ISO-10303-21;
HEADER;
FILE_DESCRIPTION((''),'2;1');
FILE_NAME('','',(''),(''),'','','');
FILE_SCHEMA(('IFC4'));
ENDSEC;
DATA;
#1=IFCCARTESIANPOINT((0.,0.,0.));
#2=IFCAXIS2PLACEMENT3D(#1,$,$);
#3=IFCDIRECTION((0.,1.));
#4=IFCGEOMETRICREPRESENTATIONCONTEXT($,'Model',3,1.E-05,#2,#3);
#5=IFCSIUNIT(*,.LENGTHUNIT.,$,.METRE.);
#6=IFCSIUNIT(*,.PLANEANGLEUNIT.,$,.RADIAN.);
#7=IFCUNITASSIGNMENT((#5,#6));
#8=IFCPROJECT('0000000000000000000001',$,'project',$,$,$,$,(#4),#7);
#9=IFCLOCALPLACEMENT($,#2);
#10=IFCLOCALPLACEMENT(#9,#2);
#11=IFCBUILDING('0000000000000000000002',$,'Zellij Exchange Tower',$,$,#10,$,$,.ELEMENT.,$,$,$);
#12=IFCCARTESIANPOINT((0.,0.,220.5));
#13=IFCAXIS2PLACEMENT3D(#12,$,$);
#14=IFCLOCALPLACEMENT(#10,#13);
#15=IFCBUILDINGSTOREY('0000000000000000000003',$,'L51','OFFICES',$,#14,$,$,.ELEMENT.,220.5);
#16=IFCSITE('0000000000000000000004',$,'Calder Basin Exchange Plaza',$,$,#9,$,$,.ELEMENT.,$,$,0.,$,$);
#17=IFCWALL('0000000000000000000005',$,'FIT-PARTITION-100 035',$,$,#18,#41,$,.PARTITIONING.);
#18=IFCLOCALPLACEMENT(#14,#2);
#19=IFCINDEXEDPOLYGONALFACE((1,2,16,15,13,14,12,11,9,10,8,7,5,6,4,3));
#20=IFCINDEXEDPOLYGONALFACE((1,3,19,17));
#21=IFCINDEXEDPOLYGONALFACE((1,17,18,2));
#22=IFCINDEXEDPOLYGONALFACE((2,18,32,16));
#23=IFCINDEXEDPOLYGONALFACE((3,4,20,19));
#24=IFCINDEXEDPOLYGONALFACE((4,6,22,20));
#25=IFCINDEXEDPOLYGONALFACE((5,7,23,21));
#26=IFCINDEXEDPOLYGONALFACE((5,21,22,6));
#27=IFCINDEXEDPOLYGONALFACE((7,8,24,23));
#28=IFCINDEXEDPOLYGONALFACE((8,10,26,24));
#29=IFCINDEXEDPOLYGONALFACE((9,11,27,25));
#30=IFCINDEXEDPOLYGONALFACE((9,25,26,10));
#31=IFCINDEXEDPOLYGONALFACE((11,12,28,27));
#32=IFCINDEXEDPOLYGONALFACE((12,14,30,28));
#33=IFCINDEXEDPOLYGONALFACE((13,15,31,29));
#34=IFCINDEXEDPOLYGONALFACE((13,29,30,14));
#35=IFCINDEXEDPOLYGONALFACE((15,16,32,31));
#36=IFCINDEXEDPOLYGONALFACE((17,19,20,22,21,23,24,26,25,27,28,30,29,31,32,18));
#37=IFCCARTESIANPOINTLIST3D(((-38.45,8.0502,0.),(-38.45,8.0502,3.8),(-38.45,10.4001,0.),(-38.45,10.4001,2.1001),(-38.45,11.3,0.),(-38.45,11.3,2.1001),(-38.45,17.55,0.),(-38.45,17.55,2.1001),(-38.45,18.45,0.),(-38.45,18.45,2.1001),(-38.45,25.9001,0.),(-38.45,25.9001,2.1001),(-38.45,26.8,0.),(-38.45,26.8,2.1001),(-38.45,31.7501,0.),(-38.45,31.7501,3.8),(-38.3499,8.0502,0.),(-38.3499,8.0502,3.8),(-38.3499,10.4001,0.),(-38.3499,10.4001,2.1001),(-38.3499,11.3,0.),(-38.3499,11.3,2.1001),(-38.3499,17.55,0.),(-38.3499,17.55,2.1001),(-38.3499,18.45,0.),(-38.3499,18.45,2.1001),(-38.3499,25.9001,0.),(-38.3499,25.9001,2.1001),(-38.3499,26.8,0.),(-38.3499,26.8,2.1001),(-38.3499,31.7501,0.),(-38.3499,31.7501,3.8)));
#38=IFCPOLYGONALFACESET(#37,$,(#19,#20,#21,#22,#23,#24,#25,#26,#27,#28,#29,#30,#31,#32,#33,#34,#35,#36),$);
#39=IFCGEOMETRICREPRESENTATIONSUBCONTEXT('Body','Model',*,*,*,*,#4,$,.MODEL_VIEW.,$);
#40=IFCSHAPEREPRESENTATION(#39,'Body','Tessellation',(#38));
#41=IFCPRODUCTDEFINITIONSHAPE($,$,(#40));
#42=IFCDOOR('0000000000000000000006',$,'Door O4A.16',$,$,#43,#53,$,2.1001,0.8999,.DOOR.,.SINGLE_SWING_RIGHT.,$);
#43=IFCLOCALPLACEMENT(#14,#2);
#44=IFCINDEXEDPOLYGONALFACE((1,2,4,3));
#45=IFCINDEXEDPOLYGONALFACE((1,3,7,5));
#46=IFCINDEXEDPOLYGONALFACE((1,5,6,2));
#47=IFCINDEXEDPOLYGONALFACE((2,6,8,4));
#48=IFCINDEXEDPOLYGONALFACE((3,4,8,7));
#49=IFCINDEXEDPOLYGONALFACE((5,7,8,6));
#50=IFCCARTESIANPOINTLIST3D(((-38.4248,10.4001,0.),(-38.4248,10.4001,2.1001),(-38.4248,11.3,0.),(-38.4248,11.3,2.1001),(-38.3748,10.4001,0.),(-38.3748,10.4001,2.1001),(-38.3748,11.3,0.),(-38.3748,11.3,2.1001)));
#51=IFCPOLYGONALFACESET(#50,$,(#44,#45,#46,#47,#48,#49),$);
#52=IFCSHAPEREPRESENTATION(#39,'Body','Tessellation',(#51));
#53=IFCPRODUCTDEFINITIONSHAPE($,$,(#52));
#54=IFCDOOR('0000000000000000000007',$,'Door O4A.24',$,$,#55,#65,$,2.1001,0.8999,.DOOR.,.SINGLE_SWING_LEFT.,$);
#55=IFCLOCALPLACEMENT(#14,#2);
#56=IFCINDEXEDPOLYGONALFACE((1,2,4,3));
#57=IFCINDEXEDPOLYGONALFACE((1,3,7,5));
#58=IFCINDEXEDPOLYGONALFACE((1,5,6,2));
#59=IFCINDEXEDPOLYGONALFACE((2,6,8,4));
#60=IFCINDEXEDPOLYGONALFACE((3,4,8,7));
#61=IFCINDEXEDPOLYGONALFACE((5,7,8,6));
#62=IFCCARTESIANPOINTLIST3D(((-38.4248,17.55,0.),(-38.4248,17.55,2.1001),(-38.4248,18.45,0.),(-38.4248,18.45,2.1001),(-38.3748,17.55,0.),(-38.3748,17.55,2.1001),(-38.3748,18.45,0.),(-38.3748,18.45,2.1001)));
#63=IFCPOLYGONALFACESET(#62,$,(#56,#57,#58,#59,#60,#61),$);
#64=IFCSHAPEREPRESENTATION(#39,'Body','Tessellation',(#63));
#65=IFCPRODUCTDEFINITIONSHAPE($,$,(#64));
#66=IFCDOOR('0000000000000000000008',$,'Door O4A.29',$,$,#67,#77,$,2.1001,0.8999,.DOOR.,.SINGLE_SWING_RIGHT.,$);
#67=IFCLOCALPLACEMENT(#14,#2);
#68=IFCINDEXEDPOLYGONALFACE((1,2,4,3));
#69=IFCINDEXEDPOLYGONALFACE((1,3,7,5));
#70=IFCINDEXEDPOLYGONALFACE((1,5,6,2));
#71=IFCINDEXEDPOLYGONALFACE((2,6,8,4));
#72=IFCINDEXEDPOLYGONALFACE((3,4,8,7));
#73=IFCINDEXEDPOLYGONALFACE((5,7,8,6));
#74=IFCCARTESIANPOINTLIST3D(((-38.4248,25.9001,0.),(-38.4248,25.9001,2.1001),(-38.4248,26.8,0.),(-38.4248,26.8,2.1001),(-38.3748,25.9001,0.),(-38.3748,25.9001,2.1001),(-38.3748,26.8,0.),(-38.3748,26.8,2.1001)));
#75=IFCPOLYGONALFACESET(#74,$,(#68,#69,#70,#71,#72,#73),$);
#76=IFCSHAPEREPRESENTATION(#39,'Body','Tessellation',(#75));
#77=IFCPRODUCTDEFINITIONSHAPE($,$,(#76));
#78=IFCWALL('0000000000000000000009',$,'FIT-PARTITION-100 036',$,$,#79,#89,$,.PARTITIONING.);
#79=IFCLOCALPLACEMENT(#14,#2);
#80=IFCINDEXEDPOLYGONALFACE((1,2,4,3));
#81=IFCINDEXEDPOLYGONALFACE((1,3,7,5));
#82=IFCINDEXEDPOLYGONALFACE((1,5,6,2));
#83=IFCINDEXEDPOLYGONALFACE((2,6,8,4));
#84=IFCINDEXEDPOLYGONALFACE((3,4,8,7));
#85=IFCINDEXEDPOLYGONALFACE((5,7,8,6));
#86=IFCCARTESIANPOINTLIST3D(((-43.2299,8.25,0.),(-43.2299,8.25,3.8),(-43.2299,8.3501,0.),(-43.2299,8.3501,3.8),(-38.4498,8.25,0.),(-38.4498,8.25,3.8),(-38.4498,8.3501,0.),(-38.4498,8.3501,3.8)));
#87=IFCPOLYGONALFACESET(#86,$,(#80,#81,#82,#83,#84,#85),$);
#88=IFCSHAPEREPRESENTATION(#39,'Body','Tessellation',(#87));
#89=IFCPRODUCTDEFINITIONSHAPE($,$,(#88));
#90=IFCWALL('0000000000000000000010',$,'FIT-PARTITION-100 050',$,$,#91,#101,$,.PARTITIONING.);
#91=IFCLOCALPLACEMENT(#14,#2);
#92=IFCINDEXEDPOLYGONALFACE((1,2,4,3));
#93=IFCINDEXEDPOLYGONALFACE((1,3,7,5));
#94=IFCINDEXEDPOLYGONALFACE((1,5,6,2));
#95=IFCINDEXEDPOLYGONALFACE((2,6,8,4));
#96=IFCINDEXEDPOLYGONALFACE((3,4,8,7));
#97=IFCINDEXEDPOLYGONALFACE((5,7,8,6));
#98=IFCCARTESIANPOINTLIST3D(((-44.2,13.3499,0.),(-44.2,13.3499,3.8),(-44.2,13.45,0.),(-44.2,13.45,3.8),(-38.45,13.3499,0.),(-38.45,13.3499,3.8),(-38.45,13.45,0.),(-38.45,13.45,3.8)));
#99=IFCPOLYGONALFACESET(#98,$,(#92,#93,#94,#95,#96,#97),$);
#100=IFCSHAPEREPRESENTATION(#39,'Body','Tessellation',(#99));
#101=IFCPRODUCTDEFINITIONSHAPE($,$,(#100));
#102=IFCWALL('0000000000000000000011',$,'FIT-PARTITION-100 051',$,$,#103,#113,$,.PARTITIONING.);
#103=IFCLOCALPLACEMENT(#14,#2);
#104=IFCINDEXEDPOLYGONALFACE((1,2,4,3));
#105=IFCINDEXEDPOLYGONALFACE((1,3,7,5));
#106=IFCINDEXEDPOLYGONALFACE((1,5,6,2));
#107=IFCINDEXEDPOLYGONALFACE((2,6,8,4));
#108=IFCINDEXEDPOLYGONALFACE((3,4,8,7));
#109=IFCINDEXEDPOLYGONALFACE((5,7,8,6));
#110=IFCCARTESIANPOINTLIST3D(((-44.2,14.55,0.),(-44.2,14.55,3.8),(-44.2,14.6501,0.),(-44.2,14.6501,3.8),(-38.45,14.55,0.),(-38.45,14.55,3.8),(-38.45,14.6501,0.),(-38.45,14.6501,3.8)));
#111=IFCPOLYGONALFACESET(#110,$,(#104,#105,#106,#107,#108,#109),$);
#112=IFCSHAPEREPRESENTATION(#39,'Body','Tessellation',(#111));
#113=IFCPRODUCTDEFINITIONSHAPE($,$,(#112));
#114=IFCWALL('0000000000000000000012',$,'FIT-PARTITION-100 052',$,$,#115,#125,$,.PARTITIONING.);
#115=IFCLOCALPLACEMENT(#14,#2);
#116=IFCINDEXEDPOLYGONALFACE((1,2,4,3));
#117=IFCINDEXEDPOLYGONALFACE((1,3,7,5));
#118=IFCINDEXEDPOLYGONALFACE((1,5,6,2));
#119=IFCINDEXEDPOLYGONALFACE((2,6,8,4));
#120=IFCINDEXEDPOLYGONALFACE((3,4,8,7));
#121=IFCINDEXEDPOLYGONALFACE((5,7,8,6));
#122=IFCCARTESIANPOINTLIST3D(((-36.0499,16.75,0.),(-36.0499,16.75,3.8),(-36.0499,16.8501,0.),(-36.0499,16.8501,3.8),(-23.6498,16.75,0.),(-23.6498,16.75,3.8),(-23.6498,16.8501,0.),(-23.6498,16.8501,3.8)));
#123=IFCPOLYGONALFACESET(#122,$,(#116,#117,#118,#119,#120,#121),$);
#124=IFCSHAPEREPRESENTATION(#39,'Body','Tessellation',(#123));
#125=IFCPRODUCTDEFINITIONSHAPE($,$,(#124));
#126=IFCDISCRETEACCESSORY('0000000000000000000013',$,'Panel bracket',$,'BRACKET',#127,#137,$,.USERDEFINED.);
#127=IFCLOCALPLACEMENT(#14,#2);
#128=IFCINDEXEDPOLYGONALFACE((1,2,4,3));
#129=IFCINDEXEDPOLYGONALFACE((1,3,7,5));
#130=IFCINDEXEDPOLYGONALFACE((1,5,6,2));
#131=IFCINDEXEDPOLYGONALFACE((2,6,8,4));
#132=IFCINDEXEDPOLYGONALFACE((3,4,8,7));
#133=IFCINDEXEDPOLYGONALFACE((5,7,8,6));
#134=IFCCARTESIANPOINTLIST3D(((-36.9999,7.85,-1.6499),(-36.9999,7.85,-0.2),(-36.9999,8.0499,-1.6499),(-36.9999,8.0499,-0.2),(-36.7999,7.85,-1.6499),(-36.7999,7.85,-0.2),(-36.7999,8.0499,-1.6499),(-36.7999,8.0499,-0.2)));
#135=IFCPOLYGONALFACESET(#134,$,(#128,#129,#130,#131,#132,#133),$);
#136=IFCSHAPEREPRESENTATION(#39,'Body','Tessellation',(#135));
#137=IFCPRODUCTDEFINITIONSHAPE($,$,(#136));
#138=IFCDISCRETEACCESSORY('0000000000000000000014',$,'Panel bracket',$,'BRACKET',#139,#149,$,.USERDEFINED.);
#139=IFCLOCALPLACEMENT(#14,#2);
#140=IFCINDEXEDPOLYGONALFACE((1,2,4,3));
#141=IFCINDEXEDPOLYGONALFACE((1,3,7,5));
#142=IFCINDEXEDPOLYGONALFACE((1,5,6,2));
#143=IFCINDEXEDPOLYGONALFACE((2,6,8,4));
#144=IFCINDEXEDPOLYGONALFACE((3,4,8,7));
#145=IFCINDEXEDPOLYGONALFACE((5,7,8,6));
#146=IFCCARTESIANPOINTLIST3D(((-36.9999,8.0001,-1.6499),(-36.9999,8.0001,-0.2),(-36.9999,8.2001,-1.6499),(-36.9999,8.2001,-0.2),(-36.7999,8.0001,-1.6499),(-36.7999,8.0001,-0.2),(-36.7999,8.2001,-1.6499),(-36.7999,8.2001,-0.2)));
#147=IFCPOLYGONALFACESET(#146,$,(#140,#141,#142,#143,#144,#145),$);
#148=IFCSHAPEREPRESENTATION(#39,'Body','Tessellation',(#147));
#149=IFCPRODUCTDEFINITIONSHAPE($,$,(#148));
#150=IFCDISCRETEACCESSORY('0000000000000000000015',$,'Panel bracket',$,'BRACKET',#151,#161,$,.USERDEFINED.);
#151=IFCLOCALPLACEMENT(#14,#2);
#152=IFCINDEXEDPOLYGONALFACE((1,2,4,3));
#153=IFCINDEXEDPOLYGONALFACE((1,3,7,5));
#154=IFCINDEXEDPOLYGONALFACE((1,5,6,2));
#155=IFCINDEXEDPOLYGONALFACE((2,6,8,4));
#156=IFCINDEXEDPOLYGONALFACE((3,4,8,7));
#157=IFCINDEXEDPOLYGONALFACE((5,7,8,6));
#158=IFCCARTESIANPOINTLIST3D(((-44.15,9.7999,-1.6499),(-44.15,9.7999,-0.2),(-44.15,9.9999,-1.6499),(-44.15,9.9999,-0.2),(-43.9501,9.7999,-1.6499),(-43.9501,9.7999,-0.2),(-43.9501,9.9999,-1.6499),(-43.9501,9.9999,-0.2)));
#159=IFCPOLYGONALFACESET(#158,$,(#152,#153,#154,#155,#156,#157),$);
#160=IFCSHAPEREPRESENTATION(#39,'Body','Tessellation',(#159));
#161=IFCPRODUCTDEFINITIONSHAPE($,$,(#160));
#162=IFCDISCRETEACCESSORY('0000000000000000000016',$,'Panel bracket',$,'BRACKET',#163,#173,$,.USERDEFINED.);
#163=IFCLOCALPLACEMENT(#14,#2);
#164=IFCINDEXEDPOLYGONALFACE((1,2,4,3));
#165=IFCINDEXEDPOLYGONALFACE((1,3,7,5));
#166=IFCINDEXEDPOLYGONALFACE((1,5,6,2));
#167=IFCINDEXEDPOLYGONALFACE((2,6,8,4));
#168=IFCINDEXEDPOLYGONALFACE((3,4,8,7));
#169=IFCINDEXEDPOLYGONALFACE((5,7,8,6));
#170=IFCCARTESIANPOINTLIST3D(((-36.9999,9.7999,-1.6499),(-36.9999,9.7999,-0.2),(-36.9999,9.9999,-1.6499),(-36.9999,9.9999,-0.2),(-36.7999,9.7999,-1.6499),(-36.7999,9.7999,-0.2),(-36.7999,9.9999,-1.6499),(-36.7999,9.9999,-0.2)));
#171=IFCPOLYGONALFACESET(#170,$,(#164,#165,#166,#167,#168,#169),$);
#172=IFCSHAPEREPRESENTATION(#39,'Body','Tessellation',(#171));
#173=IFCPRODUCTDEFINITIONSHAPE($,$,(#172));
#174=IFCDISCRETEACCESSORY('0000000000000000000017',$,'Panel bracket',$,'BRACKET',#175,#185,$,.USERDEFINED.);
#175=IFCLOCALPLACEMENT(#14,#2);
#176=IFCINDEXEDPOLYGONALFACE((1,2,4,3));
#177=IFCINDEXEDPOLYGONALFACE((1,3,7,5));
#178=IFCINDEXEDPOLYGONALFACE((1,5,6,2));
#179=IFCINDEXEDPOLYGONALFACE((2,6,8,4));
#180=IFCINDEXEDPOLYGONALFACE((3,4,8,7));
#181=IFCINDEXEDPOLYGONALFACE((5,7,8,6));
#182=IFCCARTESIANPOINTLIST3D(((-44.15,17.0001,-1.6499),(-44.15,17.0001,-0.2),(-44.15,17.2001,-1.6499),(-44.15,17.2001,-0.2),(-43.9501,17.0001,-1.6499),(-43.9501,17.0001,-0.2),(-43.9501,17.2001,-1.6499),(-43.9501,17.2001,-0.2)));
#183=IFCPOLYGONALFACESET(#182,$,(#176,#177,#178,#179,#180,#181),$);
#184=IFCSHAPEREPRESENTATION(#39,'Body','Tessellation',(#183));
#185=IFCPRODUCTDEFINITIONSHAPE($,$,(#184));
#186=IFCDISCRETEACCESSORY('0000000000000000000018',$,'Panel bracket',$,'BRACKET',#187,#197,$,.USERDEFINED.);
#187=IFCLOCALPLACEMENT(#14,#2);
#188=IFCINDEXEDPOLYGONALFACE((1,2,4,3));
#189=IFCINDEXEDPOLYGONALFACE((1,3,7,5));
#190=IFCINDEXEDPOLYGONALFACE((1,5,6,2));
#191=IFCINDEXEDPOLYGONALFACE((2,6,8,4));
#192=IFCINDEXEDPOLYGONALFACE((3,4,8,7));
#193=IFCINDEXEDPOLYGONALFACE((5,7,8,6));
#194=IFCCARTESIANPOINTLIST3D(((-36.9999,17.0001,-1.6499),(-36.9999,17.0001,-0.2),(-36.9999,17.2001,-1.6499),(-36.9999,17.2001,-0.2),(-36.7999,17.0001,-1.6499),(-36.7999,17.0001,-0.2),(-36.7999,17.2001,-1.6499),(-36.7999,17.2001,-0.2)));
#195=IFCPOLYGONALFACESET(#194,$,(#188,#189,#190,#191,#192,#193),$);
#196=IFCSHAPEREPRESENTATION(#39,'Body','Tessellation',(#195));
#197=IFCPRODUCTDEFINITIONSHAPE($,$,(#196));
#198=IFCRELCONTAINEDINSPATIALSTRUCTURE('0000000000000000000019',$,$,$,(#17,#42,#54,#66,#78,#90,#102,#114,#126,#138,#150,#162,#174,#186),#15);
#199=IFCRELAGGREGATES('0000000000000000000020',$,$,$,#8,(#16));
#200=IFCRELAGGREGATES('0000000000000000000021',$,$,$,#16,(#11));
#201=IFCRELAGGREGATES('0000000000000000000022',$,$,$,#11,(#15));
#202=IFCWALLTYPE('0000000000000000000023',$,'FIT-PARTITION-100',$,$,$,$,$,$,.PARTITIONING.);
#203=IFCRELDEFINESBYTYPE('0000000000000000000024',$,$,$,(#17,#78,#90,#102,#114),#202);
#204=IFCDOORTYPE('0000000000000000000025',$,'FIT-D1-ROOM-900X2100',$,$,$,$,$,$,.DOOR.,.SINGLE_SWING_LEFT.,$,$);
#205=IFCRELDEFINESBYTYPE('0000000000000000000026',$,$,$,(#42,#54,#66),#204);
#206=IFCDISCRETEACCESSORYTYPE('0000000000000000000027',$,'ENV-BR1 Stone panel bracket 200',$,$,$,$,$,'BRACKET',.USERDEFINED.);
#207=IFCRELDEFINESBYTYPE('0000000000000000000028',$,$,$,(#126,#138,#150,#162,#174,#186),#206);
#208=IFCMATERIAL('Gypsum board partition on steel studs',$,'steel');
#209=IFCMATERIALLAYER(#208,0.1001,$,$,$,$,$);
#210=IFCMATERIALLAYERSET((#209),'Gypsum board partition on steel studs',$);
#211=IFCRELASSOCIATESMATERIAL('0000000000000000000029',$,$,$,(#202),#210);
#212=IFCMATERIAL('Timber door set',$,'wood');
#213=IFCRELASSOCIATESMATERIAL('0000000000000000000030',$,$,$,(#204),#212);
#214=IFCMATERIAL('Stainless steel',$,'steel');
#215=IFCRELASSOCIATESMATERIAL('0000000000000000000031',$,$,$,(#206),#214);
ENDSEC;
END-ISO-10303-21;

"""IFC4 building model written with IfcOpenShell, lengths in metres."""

from ifc_helpers import new_model, si_unit, direction, frame, frame_2d, origin, origin_2d, place, context, subcontext, project, spatial, rectangle, extrude, material, layer, layer_set, type_object, element, fill, save


model = new_model("IFC4")

# Units and contexts
model_context = context("Model", 3, precision=1e-05, world=origin(), true_north=direction((0.0, 1.0)))
body_context = subcontext(model_context, "Body", "Model", "MODEL_VIEW")
ifc_project = project(units=[si_unit("LENGTHUNIT", "METRE"), si_unit("PLANEANGLEUNIT", "RADIAN")], contexts=[model_context])

# Site, building, storey
site_placement = place(None, origin())
site = spatial("IfcSite", under=ifc_project, at=site_placement, Name="Calder Basin Exchange Plaza", CompositionType="ELEMENT", RefElevation=0.0)
building_placement = place(site_placement, origin())
building = spatial("IfcBuilding", under=site, at=building_placement, Name="Zellij Exchange Tower", CompositionType="ELEMENT")
storey_placement = place(building_placement, frame((0.0, 0.0, 220.5)))
storey = spatial("IfcBuildingStorey", under=building, at=storey_placement, Name="L51", Description="OFFICES", CompositionType="ELEMENT", Elevation=220.5)

# Shared definitions
ifc_material_1 = material(Name="Gypsum board partition on steel studs", Category="steel")
ifc_layer_1 = layer(ifc_material_1, 0.1001)
ifc_layer_set_1 = layer_set([ifc_layer_1], Name="Gypsum board partition on steel studs")
wall_type_1 = type_object("IfcWallType", Name="FIT-PARTITION-100", PredefinedType="PARTITIONING", material=ifc_layer_set_1)

# Wall, openings, doors
wall_1_placement = place(storey_placement, frame((-38.3999, 8.05, 0.0), z_axis=(0.0, 0.0, 1.0), x_axis=(0.0, 1.0, 0.0)))
wall_1 = element("IfcWall", 1, at=wall_1_placement, inside=storey, type_object=wall_type_1, Name="FIT-PARTITION-100 035", PredefinedType="PARTITIONING", context=body_context, shape_type="SweptSolid", body=[
    extrude(rectangle(XDim=23.7, YDim=0.1001, at=frame_2d((11.8501, 0.0))), origin(), (0.0, 0.0, 1.0), 3.8),
])
opening_1_placement = place(wall_1_placement, frame((2.3501, 0.0, 0.0)))
opening_1 = element("IfcOpeningElement", 2, at=opening_1_placement, cuts=wall_1, PredefinedType="OPENING", context=body_context, shape_type="SweptSolid", body=[
    extrude(rectangle(XDim=0.8999, YDim=2.1001, at=frame_2d((0.45, 1.05))), frame((0.0, 0.062, 0.0), z_axis=(0.0, -1.0, 0.0), x_axis=(1.0, 0.0, 0.0)), (0.0, 0.0, 1.0), 0.124),
])
opening_2_placement = place(wall_1_placement, frame((9.5, 0.0, 0.0)))
opening_2 = element("IfcOpeningElement", 3, at=opening_2_placement, cuts=wall_1, PredefinedType="OPENING", context=body_context, shape_type="SweptSolid", body=[
    extrude(rectangle(XDim=0.8999, YDim=2.1001, at=frame_2d((0.45, 1.05))), frame((0.0, 0.062, 0.0), z_axis=(0.0, -1.0, 0.0), x_axis=(1.0, 0.0, 0.0)), (0.0, 0.0, 1.0), 0.124),
])
opening_3_placement = place(wall_1_placement, frame((17.8501, 0.0, 0.0)))
opening_3 = element("IfcOpeningElement", 4, at=opening_3_placement, cuts=wall_1, PredefinedType="OPENING", context=body_context, shape_type="SweptSolid", body=[
    extrude(rectangle(XDim=0.8999, YDim=2.1001, at=frame_2d((0.45, 1.05))), frame((0.0, 0.062, 0.0), z_axis=(0.0, -1.0, 0.0), x_axis=(1.0, 0.0, 0.0)), (0.0, 0.0, 1.0), 0.124),
])
ifc_material_2 = material(Name="Timber door set", Category="wood")
door_type = type_object("IfcDoorType", Name="FIT-D1-ROOM-900X2100", OperationType="SINGLE_SWING_LEFT", PredefinedType="DOOR", material=ifc_material_2)
door_1_placement = place(opening_1_placement, origin())
door_1 = element("IfcDoor", 5, at=door_1_placement, inside=storey, type_object=door_type, Name="Door O4A.16", OperationType="SINGLE_SWING_RIGHT", OverallHeight=2.1001, OverallWidth=0.8999, PredefinedType="DOOR", context=body_context, shape_type="SweptSolid", body=[
    extrude(rectangle(XDim=0.8999, YDim=2.1001, at=frame_2d((0.45, 1.05))), frame((0.0, 0.0249, 0.0), z_axis=(0.0, -1.0, 0.0), x_axis=(1.0, 0.0, 0.0)), (0.0, 0.0, 1.0), 0.05),
])
fill(opening_1, door_1)
door_2_placement = place(opening_2_placement, origin())
door_2 = element("IfcDoor", 6, at=door_2_placement, inside=storey, type_object=door_type, Name="Door O4A.24", OperationType="SINGLE_SWING_LEFT", OverallHeight=2.1001, OverallWidth=0.8999, PredefinedType="DOOR", context=body_context, shape_type="SweptSolid", body=[
    extrude(rectangle(XDim=0.8999, YDim=2.1001, at=frame_2d((0.45, 1.05))), frame((0.0, 0.0249, 0.0), z_axis=(0.0, -1.0, 0.0), x_axis=(1.0, 0.0, 0.0)), (0.0, 0.0, 1.0), 0.05),
])
fill(opening_2, door_2)
door_3_placement = place(opening_3_placement, origin())
door_3 = element("IfcDoor", 7, at=door_3_placement, inside=storey, type_object=door_type, Name="Door O4A.29", OperationType="SINGLE_SWING_RIGHT", OverallHeight=2.1001, OverallWidth=0.8999, PredefinedType="DOOR", context=body_context, shape_type="SweptSolid", body=[
    extrude(rectangle(XDim=0.8999, YDim=2.1001, at=frame_2d((0.45, 1.05))), frame((0.0, 0.0249, 0.0), z_axis=(0.0, -1.0, 0.0), x_axis=(1.0, 0.0, 0.0)), (0.0, 0.0, 1.0), 0.05),
])
fill(opening_3, door_3)

# Walls
wall_2_placement = place(storey_placement, frame((-43.23, 8.3, 0.0), z_axis=(0.0, 0.0, 1.0), x_axis=(1.0, 0.0, 0.0)))
element("IfcWall", 8, at=wall_2_placement, inside=storey, type_object=wall_type_1, Name="FIT-PARTITION-100 036", PredefinedType="PARTITIONING", context=body_context, shape_type="SweptSolid", body=[
    extrude(rectangle(XDim=4.78, YDim=0.1001, at=frame_2d((2.3901, 0.0))), origin(), (0.0, 0.0, 1.0), 3.8),
])
for number, where, z_axis, x_axis, name in (
    (9, (-44.2, 13.3999, 0.0), (0.0, 0.0, 1.0), (1.0, 0.0, 0.0), "FIT-PARTITION-100 050"),
    (10, (-44.2, 14.6001, 0.0), (0.0, 0.0, 1.0), (1.0, 0.0, 0.0), "FIT-PARTITION-100 051"),
):
    element("IfcWall", number, at=place(storey_placement, frame(where, z_axis=z_axis, x_axis=x_axis)), inside=storey, type_object=wall_type_1, Name=name, PredefinedType="PARTITIONING", context=body_context, shape_type="SweptSolid", body=[
        extrude(rectangle(XDim=5.75, YDim=0.1001, at=frame_2d((2.875, 0.0))), origin(), (0.0, 0.0, 1.0), 3.8),
    ])
wall_3_placement = place(storey_placement, frame((-36.05, 16.8, 0.0), z_axis=(0.0, 0.0, 1.0), x_axis=(1.0, 0.0, 0.0)))
element("IfcWall", 11, at=wall_3_placement, inside=storey, type_object=wall_type_1, Name="FIT-PARTITION-100 052", PredefinedType="PARTITIONING", context=body_context, shape_type="SweptSolid", body=[
    extrude(rectangle(XDim=12.4001, YDim=0.1001, at=frame_2d((6.2002, 0.0))), origin(), (0.0, 0.0, 1.0), 3.8),
])

# Discrete accessories
ifc_material_3 = material(Name="Stainless steel", Category="steel")
discrete_accessory_type = type_object("IfcDiscreteAccessoryType", Name="ENV-BR1 Stone panel bracket 200", ElementType="BRACKET", PredefinedType="USERDEFINED", material=ifc_material_3)
for number, where, z_axis, x_axis, name in (
    (12, (-36.8999, 7.95, -1.6499), (0.0, 0.0, 1.0), (1.0, 0.0, 0.0), "Panel bracket"),
    (13, (-36.8999, 8.1001, -1.6499), (0.0, 0.0, 1.0), (1.0, 0.0, 0.0), "Panel bracket"),
    (14, (-44.05, 9.8999, -1.6499), (0.0, 0.0, 1.0), (1.0, 0.0, 0.0), "Panel bracket"),
    (15, (-36.8999, 9.8999, -1.6499), (0.0, 0.0, 1.0), (1.0, 0.0, 0.0), "Panel bracket"),
    (16, (-44.05, 17.1001, -1.6499), (0.0, 0.0, 1.0), (1.0, 0.0, 0.0), "Panel bracket"),
    (17, (-36.8999, 17.1001, -1.6499), (0.0, 0.0, 1.0), (1.0, 0.0, 0.0), "Panel bracket"),
):
    element("IfcDiscreteAccessory", number, at=place(storey_placement, frame(where, z_axis=z_axis, x_axis=x_axis)), inside=storey, type_object=discrete_accessory_type, Name=name, ObjectType="BRACKET", PredefinedType="USERDEFINED", context=body_context, shape_type="SweptSolid", body=[
        extrude(rectangle(XDim=0.2, YDim=0.2, at=origin_2d()), origin(), (0.0, 0.0, 1.0), 1.45),
    ])

save(model, "model.ifc")
